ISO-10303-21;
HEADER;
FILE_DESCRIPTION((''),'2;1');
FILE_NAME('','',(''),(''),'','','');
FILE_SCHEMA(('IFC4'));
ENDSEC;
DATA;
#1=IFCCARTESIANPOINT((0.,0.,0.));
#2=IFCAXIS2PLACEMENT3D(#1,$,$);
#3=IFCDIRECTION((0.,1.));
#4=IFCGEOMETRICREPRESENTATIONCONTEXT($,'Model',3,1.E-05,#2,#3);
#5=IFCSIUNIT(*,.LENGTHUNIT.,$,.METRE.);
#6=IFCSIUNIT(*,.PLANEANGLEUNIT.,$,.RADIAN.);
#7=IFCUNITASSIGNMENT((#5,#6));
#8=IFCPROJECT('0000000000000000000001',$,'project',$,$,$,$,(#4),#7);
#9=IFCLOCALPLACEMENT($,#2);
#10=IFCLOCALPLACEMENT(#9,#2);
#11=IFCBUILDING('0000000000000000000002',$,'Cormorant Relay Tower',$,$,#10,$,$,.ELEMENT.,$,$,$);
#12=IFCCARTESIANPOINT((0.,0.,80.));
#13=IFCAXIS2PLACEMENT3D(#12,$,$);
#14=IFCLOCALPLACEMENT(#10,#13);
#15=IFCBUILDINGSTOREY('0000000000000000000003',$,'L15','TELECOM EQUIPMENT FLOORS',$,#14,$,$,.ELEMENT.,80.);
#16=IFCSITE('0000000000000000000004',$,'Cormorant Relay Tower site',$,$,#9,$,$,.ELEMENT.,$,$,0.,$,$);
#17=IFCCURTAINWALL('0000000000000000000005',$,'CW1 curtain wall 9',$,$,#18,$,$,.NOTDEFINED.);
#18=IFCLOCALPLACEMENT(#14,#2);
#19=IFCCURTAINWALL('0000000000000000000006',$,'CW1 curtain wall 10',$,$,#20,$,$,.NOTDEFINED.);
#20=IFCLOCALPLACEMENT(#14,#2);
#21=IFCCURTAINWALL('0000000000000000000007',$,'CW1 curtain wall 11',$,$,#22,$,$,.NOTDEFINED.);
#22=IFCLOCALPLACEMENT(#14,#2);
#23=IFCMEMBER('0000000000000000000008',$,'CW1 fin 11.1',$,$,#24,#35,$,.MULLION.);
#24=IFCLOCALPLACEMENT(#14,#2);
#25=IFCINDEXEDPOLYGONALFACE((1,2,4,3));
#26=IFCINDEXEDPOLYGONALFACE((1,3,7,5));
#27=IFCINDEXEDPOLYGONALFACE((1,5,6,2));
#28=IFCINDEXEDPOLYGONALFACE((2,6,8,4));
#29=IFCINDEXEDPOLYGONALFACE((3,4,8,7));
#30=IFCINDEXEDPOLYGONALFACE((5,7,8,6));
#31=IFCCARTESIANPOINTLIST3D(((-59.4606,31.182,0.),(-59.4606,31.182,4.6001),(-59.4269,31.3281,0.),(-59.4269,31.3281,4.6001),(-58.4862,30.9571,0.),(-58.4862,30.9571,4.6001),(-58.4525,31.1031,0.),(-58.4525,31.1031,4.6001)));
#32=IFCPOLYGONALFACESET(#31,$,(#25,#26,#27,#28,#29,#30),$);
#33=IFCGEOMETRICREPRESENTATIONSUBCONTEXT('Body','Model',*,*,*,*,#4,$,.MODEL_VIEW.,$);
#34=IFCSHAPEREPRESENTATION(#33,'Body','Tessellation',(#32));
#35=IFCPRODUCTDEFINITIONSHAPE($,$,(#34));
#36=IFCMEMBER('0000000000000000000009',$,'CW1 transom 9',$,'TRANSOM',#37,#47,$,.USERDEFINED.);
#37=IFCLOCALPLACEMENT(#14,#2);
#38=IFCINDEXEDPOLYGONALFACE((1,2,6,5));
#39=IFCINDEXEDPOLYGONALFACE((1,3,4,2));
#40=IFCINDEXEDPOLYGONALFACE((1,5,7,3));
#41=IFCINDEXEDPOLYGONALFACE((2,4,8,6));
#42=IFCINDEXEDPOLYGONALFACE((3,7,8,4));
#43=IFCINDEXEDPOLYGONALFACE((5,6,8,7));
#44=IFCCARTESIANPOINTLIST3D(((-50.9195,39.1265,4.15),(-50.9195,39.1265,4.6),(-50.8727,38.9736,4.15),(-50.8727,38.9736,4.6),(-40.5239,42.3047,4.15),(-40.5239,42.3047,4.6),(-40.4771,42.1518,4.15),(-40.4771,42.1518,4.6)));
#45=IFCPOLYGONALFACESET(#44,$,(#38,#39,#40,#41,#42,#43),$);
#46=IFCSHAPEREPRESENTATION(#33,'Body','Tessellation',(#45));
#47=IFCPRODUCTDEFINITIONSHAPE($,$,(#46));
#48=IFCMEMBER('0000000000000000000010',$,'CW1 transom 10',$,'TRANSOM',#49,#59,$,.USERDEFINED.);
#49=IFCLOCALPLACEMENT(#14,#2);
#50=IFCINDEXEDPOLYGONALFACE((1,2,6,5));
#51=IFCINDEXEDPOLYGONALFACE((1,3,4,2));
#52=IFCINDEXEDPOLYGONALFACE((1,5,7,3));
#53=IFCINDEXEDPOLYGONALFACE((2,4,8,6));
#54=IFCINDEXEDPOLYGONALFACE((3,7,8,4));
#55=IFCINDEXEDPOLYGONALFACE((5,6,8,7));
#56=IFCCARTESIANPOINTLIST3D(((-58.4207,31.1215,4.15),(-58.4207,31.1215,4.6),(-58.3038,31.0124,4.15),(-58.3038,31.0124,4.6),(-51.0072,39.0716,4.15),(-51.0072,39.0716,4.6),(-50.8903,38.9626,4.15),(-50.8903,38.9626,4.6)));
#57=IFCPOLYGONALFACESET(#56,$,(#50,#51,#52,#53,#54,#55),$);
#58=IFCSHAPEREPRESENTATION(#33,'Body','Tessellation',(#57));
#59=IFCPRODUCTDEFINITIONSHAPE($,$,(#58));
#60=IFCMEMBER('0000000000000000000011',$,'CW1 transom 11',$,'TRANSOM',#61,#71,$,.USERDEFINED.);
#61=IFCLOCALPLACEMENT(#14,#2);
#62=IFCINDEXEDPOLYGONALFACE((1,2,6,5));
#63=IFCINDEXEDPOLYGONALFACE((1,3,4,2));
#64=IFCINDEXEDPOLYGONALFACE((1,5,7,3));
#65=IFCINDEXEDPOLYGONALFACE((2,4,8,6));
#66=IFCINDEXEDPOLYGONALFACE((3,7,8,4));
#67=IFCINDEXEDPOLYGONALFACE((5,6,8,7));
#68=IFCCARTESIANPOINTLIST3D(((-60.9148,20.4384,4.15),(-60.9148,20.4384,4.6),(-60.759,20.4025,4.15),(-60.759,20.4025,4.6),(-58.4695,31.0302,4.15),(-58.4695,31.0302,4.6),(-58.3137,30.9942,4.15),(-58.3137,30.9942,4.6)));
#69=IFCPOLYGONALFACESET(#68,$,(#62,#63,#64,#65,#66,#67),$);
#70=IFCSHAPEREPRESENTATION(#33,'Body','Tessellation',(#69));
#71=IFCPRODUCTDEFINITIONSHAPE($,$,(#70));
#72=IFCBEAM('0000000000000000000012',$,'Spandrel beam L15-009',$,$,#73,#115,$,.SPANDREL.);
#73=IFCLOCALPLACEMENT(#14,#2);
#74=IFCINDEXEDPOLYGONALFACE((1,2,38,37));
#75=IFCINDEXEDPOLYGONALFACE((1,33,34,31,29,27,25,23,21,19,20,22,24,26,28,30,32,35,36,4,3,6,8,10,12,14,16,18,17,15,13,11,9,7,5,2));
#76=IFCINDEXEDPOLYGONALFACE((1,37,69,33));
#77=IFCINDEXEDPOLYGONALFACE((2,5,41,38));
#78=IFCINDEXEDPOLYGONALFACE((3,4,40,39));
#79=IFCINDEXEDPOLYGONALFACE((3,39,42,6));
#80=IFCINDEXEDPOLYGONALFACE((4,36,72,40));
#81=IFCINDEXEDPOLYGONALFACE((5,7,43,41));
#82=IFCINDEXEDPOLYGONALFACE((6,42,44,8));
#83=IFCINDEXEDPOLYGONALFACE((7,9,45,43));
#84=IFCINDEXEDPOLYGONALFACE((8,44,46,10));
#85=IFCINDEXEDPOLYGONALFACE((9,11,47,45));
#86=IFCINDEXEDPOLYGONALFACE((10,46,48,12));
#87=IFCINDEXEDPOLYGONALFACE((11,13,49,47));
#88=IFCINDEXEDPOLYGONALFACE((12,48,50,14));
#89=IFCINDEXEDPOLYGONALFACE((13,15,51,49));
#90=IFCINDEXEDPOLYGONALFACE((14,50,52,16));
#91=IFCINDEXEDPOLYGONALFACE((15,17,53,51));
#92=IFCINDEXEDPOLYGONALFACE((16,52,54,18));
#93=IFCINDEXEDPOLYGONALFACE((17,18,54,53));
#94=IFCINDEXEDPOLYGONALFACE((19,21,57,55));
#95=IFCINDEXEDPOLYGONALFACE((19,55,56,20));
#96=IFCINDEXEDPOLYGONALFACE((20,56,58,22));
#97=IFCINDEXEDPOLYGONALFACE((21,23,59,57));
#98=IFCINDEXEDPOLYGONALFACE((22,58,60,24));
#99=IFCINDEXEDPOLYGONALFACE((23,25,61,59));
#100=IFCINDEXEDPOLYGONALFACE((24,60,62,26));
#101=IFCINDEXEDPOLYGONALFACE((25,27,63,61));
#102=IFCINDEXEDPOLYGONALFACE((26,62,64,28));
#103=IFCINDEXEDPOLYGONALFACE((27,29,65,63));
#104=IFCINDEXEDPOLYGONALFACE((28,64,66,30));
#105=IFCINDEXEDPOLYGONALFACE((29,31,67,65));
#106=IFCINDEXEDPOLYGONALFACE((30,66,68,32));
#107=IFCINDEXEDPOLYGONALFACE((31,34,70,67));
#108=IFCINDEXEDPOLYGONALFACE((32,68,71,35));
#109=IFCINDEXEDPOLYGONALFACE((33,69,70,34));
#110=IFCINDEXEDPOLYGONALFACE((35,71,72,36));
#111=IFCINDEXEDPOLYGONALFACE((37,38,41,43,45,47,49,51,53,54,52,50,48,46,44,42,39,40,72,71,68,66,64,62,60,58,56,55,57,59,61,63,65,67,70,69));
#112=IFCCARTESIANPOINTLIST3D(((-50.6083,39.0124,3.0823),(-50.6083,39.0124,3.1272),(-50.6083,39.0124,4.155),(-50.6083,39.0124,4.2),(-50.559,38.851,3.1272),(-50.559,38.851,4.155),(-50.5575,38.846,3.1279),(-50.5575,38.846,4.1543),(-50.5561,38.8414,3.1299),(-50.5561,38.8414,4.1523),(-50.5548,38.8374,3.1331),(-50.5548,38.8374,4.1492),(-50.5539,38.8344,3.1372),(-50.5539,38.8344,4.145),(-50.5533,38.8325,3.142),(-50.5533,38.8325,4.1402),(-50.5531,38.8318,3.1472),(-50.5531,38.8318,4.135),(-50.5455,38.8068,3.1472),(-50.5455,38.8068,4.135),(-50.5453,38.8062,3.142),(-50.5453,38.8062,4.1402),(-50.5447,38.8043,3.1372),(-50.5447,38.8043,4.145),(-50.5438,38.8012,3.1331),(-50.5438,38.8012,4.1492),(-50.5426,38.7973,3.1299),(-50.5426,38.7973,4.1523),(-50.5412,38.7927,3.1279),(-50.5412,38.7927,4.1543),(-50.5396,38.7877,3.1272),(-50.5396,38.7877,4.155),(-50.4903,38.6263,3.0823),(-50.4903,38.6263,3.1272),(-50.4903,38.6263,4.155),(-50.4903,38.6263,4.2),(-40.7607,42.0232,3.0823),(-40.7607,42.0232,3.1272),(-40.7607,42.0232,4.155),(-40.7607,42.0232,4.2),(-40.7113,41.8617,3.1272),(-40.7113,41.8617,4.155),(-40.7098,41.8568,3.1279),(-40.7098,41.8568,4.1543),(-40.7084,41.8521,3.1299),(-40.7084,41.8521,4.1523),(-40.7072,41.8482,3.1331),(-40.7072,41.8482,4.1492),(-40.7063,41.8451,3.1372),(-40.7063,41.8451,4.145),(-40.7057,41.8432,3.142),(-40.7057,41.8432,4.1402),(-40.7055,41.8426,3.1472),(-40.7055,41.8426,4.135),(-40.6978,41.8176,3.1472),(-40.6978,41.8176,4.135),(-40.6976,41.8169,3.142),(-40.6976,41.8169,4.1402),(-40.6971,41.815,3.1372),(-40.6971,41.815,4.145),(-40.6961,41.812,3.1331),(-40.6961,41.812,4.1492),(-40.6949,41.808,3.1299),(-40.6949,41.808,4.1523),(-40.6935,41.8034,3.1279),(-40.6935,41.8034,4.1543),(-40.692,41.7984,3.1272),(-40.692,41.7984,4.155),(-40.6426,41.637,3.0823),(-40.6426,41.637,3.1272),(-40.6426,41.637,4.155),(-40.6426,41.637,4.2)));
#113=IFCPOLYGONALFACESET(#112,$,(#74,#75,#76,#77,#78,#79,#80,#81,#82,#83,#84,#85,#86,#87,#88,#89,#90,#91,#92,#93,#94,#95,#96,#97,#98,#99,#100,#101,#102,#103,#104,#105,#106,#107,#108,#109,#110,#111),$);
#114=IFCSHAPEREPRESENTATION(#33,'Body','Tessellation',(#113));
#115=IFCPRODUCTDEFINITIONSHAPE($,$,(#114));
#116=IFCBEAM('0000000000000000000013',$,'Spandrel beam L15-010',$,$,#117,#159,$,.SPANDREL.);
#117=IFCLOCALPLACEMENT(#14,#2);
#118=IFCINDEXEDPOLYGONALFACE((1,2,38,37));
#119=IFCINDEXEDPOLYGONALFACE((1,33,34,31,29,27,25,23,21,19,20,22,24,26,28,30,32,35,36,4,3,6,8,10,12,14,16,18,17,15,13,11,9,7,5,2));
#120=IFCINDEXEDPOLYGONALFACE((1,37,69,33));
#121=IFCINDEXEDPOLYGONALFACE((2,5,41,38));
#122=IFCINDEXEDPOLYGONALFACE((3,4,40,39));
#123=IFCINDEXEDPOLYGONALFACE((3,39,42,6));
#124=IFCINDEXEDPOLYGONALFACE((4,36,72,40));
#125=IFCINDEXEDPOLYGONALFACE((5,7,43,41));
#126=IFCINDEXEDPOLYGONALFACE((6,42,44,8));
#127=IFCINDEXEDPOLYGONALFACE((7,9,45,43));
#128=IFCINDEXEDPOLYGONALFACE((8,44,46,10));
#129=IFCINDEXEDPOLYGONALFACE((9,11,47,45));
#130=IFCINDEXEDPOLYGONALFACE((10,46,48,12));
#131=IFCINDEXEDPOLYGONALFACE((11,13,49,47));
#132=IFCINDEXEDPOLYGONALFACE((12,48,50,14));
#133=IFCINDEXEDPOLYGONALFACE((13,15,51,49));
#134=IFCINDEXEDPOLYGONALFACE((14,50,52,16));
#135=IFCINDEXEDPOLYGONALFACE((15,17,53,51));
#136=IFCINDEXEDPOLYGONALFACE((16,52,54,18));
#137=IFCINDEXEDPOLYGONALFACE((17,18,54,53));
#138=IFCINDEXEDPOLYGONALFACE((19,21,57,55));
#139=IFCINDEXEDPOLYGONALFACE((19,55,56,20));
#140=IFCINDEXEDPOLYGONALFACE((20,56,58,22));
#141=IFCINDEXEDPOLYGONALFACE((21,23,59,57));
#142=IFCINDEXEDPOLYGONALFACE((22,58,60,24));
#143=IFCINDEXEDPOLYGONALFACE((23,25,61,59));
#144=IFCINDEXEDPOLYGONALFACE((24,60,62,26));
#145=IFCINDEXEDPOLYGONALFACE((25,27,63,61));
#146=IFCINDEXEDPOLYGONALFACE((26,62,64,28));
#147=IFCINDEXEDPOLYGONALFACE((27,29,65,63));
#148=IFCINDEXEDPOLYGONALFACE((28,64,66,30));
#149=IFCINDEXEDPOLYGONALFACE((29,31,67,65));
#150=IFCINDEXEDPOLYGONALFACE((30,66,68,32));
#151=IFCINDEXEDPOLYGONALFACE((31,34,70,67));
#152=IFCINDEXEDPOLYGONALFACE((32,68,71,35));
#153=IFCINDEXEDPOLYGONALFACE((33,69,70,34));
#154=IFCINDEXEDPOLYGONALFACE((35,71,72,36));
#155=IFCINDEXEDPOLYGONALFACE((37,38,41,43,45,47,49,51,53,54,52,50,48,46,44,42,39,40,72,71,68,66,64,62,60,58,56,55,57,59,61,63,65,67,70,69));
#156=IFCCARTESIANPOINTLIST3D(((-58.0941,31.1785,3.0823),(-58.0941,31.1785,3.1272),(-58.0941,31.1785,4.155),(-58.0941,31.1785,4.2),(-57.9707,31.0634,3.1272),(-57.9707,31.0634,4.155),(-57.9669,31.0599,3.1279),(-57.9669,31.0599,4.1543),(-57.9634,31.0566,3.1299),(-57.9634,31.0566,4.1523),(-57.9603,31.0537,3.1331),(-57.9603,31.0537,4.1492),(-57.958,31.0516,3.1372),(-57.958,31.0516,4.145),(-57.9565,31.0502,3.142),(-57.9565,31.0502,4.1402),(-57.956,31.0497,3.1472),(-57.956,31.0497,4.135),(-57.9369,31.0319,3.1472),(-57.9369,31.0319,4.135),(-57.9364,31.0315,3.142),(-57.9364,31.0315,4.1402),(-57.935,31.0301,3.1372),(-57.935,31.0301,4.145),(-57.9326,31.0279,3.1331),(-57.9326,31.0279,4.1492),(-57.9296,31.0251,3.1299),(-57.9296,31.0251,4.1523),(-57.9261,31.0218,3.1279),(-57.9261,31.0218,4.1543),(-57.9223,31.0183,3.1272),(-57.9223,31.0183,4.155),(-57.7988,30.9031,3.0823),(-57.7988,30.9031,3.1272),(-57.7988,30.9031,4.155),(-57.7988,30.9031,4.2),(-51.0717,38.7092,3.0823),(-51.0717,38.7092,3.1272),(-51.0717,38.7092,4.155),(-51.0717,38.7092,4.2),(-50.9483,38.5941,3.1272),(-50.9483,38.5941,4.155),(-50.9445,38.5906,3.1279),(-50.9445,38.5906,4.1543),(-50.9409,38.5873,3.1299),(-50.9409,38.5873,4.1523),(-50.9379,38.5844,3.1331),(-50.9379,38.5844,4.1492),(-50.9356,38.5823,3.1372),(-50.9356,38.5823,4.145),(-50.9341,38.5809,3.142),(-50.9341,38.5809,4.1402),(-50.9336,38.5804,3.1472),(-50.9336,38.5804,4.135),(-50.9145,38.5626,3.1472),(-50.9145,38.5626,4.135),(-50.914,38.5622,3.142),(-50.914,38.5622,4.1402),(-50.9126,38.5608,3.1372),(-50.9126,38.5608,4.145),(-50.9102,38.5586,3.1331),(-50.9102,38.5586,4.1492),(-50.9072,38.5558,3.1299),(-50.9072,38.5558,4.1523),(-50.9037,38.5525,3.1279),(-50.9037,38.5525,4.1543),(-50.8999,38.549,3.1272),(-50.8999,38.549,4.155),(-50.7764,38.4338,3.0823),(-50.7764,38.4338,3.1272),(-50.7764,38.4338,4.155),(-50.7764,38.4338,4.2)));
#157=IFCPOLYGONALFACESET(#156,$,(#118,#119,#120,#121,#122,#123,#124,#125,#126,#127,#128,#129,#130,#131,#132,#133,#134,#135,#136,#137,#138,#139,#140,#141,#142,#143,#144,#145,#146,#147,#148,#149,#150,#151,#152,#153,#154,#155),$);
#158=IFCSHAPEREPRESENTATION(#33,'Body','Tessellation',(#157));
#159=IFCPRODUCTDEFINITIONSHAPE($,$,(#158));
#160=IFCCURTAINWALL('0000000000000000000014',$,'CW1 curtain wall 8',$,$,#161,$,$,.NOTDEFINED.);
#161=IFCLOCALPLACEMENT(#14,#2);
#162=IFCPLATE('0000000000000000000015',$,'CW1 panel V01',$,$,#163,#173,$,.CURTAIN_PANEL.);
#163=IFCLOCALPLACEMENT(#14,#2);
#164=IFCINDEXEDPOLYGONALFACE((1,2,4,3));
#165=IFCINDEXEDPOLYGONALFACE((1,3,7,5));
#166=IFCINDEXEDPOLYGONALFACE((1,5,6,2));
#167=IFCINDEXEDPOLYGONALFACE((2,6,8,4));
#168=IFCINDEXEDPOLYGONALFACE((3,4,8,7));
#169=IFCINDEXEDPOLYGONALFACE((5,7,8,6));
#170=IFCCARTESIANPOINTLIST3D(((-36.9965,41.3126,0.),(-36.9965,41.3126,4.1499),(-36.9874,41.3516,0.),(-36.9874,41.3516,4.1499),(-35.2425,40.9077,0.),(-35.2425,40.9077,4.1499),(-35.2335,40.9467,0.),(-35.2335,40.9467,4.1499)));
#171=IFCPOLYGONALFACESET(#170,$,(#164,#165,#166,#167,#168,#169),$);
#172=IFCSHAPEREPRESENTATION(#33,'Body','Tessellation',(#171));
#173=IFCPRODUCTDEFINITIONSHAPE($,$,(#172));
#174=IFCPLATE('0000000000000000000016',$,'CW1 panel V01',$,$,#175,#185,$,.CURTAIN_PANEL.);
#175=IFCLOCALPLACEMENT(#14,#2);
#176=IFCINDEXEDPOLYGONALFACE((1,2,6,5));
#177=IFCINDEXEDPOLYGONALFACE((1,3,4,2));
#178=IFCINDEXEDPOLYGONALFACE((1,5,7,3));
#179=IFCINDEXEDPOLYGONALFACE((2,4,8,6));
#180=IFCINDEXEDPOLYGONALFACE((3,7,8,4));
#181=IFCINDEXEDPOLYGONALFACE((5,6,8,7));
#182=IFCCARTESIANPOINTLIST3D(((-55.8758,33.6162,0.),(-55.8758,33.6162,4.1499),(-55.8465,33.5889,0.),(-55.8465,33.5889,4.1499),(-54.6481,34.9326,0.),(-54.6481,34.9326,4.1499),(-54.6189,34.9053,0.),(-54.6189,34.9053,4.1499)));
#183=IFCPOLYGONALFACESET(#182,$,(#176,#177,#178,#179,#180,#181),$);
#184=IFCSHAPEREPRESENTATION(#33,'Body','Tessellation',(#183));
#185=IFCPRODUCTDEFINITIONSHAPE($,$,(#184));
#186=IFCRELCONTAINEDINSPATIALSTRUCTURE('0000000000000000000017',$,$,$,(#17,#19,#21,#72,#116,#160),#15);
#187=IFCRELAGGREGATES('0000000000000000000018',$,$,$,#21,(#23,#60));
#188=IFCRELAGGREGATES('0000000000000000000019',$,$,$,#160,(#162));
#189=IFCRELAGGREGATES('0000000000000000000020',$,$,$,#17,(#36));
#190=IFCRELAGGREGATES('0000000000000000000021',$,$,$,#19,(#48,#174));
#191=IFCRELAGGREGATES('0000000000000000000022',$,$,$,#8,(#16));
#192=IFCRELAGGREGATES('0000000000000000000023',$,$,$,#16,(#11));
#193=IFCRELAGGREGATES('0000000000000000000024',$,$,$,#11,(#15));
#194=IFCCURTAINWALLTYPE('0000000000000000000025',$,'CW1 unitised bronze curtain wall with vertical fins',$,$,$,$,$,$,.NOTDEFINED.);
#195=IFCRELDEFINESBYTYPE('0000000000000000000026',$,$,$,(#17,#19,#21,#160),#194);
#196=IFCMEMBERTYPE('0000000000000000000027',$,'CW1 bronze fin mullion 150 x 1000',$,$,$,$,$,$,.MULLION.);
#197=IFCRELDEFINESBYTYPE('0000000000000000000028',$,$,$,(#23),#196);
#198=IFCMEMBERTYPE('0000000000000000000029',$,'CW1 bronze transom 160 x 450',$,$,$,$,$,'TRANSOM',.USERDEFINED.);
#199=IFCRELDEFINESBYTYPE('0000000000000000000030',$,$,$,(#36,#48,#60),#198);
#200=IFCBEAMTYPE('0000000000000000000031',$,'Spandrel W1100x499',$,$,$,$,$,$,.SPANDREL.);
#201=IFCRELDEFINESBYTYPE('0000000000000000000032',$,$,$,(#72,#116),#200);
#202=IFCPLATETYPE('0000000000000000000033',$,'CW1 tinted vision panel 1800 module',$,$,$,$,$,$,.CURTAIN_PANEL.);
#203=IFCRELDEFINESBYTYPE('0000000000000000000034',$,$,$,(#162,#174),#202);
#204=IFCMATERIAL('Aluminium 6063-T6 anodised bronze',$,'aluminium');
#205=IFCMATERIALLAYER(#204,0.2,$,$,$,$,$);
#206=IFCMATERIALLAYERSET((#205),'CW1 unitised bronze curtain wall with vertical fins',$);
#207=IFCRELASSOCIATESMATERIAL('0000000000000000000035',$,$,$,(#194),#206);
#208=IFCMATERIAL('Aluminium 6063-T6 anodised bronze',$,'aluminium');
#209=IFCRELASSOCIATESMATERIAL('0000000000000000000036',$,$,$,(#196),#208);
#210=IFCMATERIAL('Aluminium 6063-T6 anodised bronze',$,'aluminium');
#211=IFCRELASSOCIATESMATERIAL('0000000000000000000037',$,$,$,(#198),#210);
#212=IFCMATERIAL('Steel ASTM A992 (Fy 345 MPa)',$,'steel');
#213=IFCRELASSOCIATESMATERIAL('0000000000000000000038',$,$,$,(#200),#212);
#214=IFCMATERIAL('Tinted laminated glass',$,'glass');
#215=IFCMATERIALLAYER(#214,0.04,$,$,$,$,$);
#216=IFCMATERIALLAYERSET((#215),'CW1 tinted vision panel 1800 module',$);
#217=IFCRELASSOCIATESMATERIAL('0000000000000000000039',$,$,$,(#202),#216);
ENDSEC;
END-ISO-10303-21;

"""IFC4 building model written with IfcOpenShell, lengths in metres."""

from ifc_helpers import new_model, si_unit, direction, frame, origin, origin_2d, place, context, subcontext, project, spatial, rectangle, i_section, extrude, material, layer, layer_set, material_profile, profile_set, type_object, element, aggregate, save


model = new_model("IFC4")

# Units and contexts
model_context = context("Model", 3, precision=1e-05, world=origin(), true_north=direction((0.0, 1.0)))
body_context = subcontext(model_context, "Body", "Model", "MODEL_VIEW")
ifc_project = project(units=[si_unit("LENGTHUNIT", "METRE"), si_unit("PLANEANGLEUNIT", "RADIAN")], contexts=[model_context])

# Site, building, storey
site_placement = place(None, origin())
site = spatial("IfcSite", under=ifc_project, at=site_placement, Name="Cormorant Relay Tower site", CompositionType="ELEMENT", RefElevation=0.0)
building_placement = place(site_placement, origin())
building = spatial("IfcBuilding", under=site, at=building_placement, Name="Cormorant Relay Tower", CompositionType="ELEMENT")
storey_placement = place(building_placement, frame((0.0, 0.0, 80.0)))
storey = spatial("IfcBuildingStorey", under=building, at=storey_placement, Name="L15", Description="TELECOM EQUIPMENT FLOORS", CompositionType="ELEMENT", Elevation=80.0)

# Curtain walls
ifc_material_1 = material(Name="Aluminium 6063-T6 anodised bronze", Category="aluminium")
ifc_layer_1 = layer(ifc_material_1, 0.2)
ifc_layer_set_1 = layer_set([ifc_layer_1], Name="CW1 unitised bronze curtain wall with vertical fins")
curtain_wall_type = type_object("IfcCurtainWallType", Name="CW1 unitised bronze curtain wall with vertical fins", PredefinedType="NOTDEFINED", material=ifc_layer_set_1)
curtain_wall_1_placement = place(storey_placement, origin())
curtain_wall_1 = element("IfcCurtainWall", 1, at=curtain_wall_1_placement, inside=storey, type_object=curtain_wall_type, Name="CW1 curtain wall 9", PredefinedType="NOTDEFINED")
ifc_material_2 = material(Name="Aluminium 6063-T6 anodised bronze", Category="aluminium")
ifc_material_profile_1 = material_profile(ifc_material_2, rectangle(XDim=0.1499, YDim=1.0, at=origin_2d()), Name="AL 150x1000")
ifc_profile_set_1 = profile_set([ifc_material_profile_1], Name="Aluminium 6063-T6 anodised bronze")
member_type_1 = type_object("IfcMemberType", Name="CW1 bronze fin mullion 150 x 1000", PredefinedType="MULLION", material=ifc_profile_set_1)
curtain_wall_2_placement = place(storey_placement, origin())
curtain_wall_2 = element("IfcCurtainWall", 2, at=curtain_wall_2_placement, inside=storey, type_object=curtain_wall_type, Name="CW1 curtain wall 10", PredefinedType="NOTDEFINED")

# Curtain wall, member
curtain_wall_3_placement = place(storey_placement, origin())
curtain_wall_3 = element("IfcCurtainWall", 3, at=curtain_wall_3_placement, inside=storey, type_object=curtain_wall_type, Name="CW1 curtain wall 11", PredefinedType="NOTDEFINED")
member_1_placement = place(storey_placement, frame((-58.9565, 31.1426, 0.0), z_axis=(0.0, 0.0, 1.0), x_axis=(-0.224951, -0.97437, 0.0)))
member_1 = element("IfcMember", 4, at=member_1_placement, type_object=member_type_1, Name="CW1 fin 11.1", PredefinedType="MULLION", context=body_context, shape_type="SweptSolid", body=[
    extrude(rectangle(XDim=0.1499, YDim=1.0, at=origin_2d()), origin(), (0.0, 0.0, 1.0), 4.6001),
])

# Members
ifc_material_3 = material(Name="Aluminium 6063-T6 anodised bronze", Category="aluminium")
ifc_material_profile_2 = material_profile(ifc_material_3, rectangle(XDim=0.1599, YDim=0.45, at=origin_2d()), Name="AL 160x450")
ifc_profile_set_2 = profile_set([ifc_material_profile_2], Name="Aluminium 6063-T6 anodised bronze")
member_type_2 = type_object("IfcMemberType", Name="CW1 bronze transom 160 x 450", ElementType="TRANSOM", PredefinedType="USERDEFINED", material=ifc_profile_set_2)
member_2_placement = place(storey_placement, frame((-40.5005, 42.2283, 4.375), z_axis=(-0.956305, -0.292371, 0.0), x_axis=(0.292371, -0.956305, 0.0)))
member_2 = element("IfcMember", 5, at=member_2_placement, type_object=member_type_2, Name="CW1 transom 9", ObjectType="TRANSOM", PredefinedType="USERDEFINED", context=body_context, shape_type="SweptSolid", body=[
    extrude(rectangle(XDim=0.1599, YDim=0.45, at=origin_2d()), origin(), (0.0, 0.0, 1.0), 10.8706),
])
member_3_placement = place(storey_placement, frame((-50.9487, 39.0171, 4.375), z_axis=(-0.681993, -0.731358, 0.0), x_axis=(0.731358, -0.681993, 0.0)))
member_3 = element("IfcMember", 6, at=member_3_placement, type_object=member_type_2, Name="CW1 transom 10", ObjectType="TRANSOM", PredefinedType="USERDEFINED", context=body_context, shape_type="SweptSolid", body=[
    extrude(rectangle(XDim=0.1599, YDim=0.45, at=origin_2d()), origin(), (0.0, 0.0, 1.0), 10.8704),
])
member_4_placement = place(storey_placement, frame((-58.3916, 31.0122, 4.375), z_axis=(-0.224951, -0.97437, 0.0), x_axis=(0.97437, -0.224951, 0.0)))
member_4 = element("IfcMember", 7, at=member_4_placement, type_object=member_type_2, Name="CW1 transom 11", ObjectType="TRANSOM", PredefinedType="USERDEFINED", context=body_context, shape_type="SweptSolid", body=[
    extrude(rectangle(XDim=0.1599, YDim=0.45, at=origin_2d()), origin(), (0.0, 0.0, 1.0), 10.8704),
])
aggregate(curtain_wall_3, [member_1, member_4])

# Beams
ifc_material_4 = material(Name="Steel ASTM A992 (Fy 345 MPa)", Category="steel")
ifc_material_profile_3 = material_profile(ifc_material_4, i_section(OverallWidth=0.4038, OverallDepth=1.1177, WebThickness=0.0261, FlangeThickness=0.0449, FilletRadius=0.02, at=origin_2d()), Name="W1100x499")
ifc_profile_set_3 = profile_set([ifc_material_profile_3], Name="Steel ASTM A992 (Fy 345 MPa)")
beam_type = type_object("IfcBeamType", Name="Spandrel W1100x499", PredefinedType="SPANDREL", material=ifc_profile_set_3)
beam_1_placement = place(storey_placement, frame((-40.7017, 41.8301, 3.6411), z_axis=(-0.956304, -0.292373, 0.0), x_axis=(0.292373, -0.956304, 0.0)))
element("IfcBeam", 8, at=beam_1_placement, inside=storey, type_object=beam_type, Name="Spandrel beam L15-009", PredefinedType="SPANDREL", context=body_context, shape_type="SweptSolid", body=[
    extrude(i_section(OverallWidth=0.4038, OverallDepth=1.1177, WebThickness=0.0261, FlangeThickness=0.0449, FilletRadius=0.02, at=origin_2d()), origin(), (0.0, 0.0, 1.0), 10.2976),
])
beam_2_placement = place(storey_placement, frame((-50.9241, 38.5715, 3.6411), z_axis=(-0.681994, -0.731358, 0.0), x_axis=(0.731358, -0.681994, 0.0)))
element("IfcBeam", 9, at=beam_2_placement, inside=storey, type_object=beam_type, Name="Spandrel beam L15-010", PredefinedType="SPANDREL", context=body_context, shape_type="SweptSolid", body=[
    extrude(i_section(OverallWidth=0.4038, OverallDepth=1.1177, WebThickness=0.0261, FlangeThickness=0.0449, FilletRadius=0.02, at=origin_2d()), origin(), (0.0, 0.0, 1.0), 10.2969),
])

# Curtain wall, plate
curtain_wall_4_placement = place(storey_placement, origin())
curtain_wall_4 = element("IfcCurtainWall", 10, at=curtain_wall_4_placement, inside=storey, type_object=curtain_wall_type, Name="CW1 curtain wall 8", PredefinedType="NOTDEFINED")
ifc_material_5 = material(Name="Tinted laminated glass", Category="glass")
ifc_layer_2 = layer(ifc_material_5, 0.04)
ifc_layer_set_2 = layer_set([ifc_layer_2], Name="CW1 tinted vision panel 1800 module")
plate_type_1 = type_object("IfcPlateType", Name="CW1 tinted vision panel 1800 module", PredefinedType="CURTAIN_PANEL", material=ifc_layer_set_2)
plate_1_placement = place(storey_placement, frame((-36.115, 41.1296, 0.0), z_axis=(0.0, 0.0, 1.0), x_axis=(-0.97437, 0.224951, 0.0)))
plate_1 = element("IfcPlate", 11, at=plate_1_placement, type_object=plate_type_1, Name="CW1 panel V01", PredefinedType="CURTAIN_PANEL", context=body_context, shape_type="SweptSolid", body=[
    extrude(rectangle(XDim=1.8, YDim=0.04, at=origin_2d()), origin(), (0.0, 0.0, 1.0), 4.1499),
])

# Plate
plate_2_placement = place(storey_placement, frame((-55.2473, 34.2607, 0.0), z_axis=(0.0, 0.0, 1.0), x_axis=(-0.681998, -0.731354, 0.0)))
plate_2 = element("IfcPlate", 12, at=plate_2_placement, type_object=plate_type_1, Name="CW1 panel V01", PredefinedType="CURTAIN_PANEL", context=body_context, shape_type="SweptSolid", body=[
    extrude(rectangle(XDim=1.8, YDim=0.04, at=origin_2d()), origin(), (0.0, 0.0, 1.0), 4.1499),
])

aggregate(curtain_wall_4, [plate_1])
aggregate(curtain_wall_1, [member_2])
aggregate(curtain_wall_2, [member_3, plate_2])

save(model, "model.ifc")
